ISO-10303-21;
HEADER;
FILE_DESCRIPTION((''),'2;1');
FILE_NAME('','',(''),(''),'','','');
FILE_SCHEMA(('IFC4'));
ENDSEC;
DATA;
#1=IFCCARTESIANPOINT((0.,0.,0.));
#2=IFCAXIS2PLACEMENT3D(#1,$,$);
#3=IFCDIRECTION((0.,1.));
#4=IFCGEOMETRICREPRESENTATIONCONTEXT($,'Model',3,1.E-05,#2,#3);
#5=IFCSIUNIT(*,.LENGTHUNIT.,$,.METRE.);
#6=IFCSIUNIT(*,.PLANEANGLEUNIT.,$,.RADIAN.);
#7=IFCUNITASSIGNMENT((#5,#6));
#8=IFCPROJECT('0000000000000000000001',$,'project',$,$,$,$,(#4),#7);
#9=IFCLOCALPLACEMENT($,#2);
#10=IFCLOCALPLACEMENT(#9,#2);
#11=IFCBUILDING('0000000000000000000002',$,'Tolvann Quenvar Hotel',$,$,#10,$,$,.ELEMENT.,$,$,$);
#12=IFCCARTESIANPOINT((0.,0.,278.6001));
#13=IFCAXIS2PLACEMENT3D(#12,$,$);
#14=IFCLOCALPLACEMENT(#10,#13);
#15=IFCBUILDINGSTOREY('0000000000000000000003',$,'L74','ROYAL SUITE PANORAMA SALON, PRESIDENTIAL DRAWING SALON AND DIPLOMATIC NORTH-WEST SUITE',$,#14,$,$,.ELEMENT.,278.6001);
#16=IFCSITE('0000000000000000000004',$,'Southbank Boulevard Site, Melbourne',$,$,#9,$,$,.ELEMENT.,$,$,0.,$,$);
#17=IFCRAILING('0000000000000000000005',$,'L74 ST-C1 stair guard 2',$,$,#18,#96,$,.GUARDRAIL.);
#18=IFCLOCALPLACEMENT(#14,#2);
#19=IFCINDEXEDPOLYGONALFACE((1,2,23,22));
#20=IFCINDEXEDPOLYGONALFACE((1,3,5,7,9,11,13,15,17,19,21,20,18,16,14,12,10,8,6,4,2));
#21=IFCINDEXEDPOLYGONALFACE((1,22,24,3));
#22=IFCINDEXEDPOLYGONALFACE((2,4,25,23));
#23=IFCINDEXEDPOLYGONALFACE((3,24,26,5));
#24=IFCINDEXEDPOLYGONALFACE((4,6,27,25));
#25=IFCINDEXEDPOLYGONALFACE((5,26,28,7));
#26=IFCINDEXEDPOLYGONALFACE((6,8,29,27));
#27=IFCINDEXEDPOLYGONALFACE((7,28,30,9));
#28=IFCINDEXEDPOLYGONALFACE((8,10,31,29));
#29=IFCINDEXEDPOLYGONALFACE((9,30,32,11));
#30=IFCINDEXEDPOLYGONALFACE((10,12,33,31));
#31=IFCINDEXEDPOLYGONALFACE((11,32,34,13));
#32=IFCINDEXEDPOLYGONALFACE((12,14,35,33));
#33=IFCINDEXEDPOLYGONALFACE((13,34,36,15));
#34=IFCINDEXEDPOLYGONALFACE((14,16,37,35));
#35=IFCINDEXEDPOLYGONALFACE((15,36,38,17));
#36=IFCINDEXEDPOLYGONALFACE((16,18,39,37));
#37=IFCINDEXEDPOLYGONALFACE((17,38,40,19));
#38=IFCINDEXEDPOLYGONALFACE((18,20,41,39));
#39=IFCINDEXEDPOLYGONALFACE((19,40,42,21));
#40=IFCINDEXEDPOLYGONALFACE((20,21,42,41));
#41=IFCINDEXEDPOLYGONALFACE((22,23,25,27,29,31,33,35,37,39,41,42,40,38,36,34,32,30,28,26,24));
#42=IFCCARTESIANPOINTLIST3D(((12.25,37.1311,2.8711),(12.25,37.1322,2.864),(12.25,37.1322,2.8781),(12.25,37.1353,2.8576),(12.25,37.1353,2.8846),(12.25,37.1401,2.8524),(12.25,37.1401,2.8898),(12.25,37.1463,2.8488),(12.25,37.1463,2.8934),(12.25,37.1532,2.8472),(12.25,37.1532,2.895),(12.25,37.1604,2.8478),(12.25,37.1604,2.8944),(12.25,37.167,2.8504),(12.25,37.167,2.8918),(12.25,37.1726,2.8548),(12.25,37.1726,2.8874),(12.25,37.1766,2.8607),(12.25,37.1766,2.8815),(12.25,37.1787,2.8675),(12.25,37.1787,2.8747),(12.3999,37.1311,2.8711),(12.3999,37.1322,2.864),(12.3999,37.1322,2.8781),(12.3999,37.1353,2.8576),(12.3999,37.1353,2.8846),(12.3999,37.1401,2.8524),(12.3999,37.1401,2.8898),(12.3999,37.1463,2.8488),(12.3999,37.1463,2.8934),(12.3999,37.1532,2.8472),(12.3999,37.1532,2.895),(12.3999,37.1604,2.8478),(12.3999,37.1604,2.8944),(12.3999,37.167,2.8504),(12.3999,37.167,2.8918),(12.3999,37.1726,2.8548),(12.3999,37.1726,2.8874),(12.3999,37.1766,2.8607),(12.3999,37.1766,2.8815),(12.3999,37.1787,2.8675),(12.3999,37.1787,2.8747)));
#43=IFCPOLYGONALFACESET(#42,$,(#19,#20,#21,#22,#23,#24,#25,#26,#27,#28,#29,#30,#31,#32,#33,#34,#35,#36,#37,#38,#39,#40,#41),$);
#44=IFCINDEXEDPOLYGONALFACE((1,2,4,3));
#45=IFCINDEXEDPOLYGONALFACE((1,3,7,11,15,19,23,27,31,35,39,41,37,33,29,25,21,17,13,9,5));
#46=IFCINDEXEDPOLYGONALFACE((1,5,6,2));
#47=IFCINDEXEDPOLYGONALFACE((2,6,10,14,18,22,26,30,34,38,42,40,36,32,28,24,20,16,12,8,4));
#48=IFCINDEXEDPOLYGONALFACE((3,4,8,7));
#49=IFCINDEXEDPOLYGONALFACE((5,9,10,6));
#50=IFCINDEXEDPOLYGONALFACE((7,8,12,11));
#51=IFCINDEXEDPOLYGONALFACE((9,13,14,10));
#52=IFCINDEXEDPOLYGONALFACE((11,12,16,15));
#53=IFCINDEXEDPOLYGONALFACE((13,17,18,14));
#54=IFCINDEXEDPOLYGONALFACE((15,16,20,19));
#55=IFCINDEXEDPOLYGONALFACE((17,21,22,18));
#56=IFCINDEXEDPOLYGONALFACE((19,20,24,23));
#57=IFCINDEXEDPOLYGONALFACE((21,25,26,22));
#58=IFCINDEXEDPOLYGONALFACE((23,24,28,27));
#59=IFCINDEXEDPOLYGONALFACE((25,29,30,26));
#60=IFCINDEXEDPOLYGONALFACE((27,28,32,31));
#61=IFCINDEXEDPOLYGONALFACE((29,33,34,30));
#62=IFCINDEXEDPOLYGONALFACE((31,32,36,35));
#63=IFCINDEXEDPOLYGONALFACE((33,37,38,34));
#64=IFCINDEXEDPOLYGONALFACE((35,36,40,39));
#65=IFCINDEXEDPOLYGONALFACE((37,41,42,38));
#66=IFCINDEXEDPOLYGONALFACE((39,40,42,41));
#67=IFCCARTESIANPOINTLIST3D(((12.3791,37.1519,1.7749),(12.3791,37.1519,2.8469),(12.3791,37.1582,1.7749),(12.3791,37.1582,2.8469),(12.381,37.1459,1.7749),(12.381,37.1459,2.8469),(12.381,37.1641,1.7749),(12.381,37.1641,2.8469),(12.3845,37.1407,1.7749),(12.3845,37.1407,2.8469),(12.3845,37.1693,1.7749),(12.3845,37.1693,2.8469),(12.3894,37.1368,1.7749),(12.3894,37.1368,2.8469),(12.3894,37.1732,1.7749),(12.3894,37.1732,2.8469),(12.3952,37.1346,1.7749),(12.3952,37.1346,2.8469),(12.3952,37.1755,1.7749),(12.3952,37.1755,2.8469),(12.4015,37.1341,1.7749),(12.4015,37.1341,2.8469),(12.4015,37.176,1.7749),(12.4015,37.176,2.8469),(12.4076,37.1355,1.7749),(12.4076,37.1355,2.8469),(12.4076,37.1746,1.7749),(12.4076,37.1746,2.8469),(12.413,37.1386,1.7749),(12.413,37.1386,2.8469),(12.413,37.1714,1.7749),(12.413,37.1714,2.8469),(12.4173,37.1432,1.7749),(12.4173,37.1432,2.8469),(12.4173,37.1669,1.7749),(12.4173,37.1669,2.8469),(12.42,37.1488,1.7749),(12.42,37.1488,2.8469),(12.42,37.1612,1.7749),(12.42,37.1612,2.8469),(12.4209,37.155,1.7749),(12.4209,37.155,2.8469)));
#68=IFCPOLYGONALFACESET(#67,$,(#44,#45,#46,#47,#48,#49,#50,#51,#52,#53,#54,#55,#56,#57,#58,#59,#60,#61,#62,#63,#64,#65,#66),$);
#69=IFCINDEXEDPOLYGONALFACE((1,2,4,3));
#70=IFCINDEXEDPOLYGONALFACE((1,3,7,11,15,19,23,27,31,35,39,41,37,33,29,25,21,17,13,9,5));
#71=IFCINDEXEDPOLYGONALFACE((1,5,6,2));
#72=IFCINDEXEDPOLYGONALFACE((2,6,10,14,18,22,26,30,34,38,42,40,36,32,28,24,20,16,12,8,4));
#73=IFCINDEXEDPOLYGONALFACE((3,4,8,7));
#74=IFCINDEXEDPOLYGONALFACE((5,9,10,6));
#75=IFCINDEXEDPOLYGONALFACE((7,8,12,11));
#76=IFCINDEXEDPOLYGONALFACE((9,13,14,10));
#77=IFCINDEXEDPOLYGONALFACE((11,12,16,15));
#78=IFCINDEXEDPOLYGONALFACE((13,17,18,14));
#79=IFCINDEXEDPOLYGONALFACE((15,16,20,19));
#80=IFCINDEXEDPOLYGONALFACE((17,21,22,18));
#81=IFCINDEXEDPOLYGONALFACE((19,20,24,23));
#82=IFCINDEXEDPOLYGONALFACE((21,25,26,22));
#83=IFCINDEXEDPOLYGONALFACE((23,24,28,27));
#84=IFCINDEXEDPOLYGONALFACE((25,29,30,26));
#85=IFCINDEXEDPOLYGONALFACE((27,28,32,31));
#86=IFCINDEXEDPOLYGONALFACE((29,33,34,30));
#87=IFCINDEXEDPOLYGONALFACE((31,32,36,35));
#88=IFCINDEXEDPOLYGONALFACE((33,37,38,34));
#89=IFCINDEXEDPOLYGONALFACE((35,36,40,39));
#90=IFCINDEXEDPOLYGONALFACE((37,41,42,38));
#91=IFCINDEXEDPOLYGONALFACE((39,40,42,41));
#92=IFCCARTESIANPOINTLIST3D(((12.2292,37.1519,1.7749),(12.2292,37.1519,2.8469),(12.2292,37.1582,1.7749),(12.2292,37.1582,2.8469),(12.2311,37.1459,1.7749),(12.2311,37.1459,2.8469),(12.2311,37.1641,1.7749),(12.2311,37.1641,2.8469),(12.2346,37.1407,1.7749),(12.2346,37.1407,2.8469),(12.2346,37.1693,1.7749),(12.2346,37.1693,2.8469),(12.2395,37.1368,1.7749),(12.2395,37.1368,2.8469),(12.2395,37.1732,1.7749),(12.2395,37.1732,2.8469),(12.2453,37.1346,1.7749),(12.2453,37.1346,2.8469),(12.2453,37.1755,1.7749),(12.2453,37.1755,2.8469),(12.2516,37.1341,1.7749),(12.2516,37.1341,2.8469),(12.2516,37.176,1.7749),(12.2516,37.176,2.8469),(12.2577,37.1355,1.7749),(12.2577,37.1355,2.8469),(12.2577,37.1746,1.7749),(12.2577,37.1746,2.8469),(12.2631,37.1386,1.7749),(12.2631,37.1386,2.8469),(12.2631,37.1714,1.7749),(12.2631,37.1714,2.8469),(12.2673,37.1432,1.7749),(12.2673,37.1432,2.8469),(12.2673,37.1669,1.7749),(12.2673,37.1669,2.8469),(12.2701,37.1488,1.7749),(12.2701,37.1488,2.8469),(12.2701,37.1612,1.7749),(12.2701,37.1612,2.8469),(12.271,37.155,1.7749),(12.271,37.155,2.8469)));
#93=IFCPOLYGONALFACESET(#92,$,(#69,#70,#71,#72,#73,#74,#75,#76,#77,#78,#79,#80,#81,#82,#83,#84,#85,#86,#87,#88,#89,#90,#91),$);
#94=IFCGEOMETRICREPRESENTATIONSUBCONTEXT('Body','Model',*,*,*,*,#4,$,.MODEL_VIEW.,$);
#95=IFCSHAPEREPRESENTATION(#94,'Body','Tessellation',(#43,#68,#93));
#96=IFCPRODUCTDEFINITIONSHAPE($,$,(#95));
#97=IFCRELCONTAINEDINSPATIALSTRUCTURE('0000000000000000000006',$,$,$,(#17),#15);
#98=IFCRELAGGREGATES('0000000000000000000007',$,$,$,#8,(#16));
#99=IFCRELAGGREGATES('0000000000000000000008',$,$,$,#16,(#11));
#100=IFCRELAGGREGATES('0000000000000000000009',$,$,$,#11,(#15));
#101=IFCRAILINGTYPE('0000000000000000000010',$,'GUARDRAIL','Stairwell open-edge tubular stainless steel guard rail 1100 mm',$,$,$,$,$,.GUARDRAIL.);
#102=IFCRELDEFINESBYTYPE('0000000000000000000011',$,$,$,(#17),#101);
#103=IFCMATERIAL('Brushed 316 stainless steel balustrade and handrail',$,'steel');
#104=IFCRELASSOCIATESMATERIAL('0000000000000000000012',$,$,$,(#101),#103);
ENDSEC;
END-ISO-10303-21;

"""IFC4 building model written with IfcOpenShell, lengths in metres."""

from ifc_helpers import new_model, si_unit, direction, frame, origin, origin_2d, place, context, subcontext, project, spatial, circle, extrude, material, type_object, element, save


model = new_model("IFC4")

# Units and contexts
model_context = context("Model", 3, precision=1e-05, world=origin(), true_north=direction((0.0, 1.0)))
body_context = subcontext(model_context, "Body", "Model", "MODEL_VIEW")
ifc_project = project(units=[si_unit("LENGTHUNIT", "METRE"), si_unit("PLANEANGLEUNIT", "RADIAN")], contexts=[model_context])

# Site, building, storey
site_placement = place(None, origin())
site = spatial("IfcSite", under=ifc_project, at=site_placement, Name="Southbank Boulevard Site, Melbourne", CompositionType="ELEMENT", RefElevation=0.0)
building_placement = place(site_placement, origin())
building = spatial("IfcBuilding", under=site, at=building_placement, Name="Tolvann Quenvar Hotel", CompositionType="ELEMENT")
storey_placement = place(building_placement, frame((0.0, 0.0, 278.6001)))
storey = spatial("IfcBuildingStorey", under=building, at=storey_placement, Name="L74", Description="ROYAL SUITE PANORAMA SALON, PRESIDENTIAL DRAWING SALON AND DIPLOMATIC NORTH-WEST SUITE", CompositionType="ELEMENT", Elevation=278.6001)

# Railing
ifc_material_1 = material(Name="Brushed 316 stainless steel balustrade and handrail", Category="steel")
railing_type_1 = type_object("IfcRailingType", Name="GUARDRAIL", Description="Stairwell open-edge tubular stainless steel guard rail 1100 mm", PredefinedType="GUARDRAIL", material=ifc_material_1)
railing_1_placement = place(storey_placement, frame((12.3999, 37.155, 1.7749)))
element("IfcRailing", 1, at=railing_1_placement, inside=storey, type_object=railing_type_1, Name="L74 ST-C1 stair guard 2", PredefinedType="GUARDRAIL", context=body_context, shape_type="SweptSolid", body=[
    extrude(circle(Radius=0.0239, at=origin_2d()), frame((0.0, 0.0, 1.0962), z_axis=(-1.0, 0.0, 0.0), x_axis=(0.0, -1.0, 0.0)), (0.0, 0.0, 1.0), 0.1499),
    extrude(circle(Radius=0.021, at=origin_2d()), origin(), (0.0, 0.0, 1.0), 1.072),
    extrude(circle(Radius=0.021, at=origin_2d()), frame((-0.1499, 0.0, 0.0)), (0.0, 0.0, 1.0), 1.072),
])

save(model, "model.ifc")
